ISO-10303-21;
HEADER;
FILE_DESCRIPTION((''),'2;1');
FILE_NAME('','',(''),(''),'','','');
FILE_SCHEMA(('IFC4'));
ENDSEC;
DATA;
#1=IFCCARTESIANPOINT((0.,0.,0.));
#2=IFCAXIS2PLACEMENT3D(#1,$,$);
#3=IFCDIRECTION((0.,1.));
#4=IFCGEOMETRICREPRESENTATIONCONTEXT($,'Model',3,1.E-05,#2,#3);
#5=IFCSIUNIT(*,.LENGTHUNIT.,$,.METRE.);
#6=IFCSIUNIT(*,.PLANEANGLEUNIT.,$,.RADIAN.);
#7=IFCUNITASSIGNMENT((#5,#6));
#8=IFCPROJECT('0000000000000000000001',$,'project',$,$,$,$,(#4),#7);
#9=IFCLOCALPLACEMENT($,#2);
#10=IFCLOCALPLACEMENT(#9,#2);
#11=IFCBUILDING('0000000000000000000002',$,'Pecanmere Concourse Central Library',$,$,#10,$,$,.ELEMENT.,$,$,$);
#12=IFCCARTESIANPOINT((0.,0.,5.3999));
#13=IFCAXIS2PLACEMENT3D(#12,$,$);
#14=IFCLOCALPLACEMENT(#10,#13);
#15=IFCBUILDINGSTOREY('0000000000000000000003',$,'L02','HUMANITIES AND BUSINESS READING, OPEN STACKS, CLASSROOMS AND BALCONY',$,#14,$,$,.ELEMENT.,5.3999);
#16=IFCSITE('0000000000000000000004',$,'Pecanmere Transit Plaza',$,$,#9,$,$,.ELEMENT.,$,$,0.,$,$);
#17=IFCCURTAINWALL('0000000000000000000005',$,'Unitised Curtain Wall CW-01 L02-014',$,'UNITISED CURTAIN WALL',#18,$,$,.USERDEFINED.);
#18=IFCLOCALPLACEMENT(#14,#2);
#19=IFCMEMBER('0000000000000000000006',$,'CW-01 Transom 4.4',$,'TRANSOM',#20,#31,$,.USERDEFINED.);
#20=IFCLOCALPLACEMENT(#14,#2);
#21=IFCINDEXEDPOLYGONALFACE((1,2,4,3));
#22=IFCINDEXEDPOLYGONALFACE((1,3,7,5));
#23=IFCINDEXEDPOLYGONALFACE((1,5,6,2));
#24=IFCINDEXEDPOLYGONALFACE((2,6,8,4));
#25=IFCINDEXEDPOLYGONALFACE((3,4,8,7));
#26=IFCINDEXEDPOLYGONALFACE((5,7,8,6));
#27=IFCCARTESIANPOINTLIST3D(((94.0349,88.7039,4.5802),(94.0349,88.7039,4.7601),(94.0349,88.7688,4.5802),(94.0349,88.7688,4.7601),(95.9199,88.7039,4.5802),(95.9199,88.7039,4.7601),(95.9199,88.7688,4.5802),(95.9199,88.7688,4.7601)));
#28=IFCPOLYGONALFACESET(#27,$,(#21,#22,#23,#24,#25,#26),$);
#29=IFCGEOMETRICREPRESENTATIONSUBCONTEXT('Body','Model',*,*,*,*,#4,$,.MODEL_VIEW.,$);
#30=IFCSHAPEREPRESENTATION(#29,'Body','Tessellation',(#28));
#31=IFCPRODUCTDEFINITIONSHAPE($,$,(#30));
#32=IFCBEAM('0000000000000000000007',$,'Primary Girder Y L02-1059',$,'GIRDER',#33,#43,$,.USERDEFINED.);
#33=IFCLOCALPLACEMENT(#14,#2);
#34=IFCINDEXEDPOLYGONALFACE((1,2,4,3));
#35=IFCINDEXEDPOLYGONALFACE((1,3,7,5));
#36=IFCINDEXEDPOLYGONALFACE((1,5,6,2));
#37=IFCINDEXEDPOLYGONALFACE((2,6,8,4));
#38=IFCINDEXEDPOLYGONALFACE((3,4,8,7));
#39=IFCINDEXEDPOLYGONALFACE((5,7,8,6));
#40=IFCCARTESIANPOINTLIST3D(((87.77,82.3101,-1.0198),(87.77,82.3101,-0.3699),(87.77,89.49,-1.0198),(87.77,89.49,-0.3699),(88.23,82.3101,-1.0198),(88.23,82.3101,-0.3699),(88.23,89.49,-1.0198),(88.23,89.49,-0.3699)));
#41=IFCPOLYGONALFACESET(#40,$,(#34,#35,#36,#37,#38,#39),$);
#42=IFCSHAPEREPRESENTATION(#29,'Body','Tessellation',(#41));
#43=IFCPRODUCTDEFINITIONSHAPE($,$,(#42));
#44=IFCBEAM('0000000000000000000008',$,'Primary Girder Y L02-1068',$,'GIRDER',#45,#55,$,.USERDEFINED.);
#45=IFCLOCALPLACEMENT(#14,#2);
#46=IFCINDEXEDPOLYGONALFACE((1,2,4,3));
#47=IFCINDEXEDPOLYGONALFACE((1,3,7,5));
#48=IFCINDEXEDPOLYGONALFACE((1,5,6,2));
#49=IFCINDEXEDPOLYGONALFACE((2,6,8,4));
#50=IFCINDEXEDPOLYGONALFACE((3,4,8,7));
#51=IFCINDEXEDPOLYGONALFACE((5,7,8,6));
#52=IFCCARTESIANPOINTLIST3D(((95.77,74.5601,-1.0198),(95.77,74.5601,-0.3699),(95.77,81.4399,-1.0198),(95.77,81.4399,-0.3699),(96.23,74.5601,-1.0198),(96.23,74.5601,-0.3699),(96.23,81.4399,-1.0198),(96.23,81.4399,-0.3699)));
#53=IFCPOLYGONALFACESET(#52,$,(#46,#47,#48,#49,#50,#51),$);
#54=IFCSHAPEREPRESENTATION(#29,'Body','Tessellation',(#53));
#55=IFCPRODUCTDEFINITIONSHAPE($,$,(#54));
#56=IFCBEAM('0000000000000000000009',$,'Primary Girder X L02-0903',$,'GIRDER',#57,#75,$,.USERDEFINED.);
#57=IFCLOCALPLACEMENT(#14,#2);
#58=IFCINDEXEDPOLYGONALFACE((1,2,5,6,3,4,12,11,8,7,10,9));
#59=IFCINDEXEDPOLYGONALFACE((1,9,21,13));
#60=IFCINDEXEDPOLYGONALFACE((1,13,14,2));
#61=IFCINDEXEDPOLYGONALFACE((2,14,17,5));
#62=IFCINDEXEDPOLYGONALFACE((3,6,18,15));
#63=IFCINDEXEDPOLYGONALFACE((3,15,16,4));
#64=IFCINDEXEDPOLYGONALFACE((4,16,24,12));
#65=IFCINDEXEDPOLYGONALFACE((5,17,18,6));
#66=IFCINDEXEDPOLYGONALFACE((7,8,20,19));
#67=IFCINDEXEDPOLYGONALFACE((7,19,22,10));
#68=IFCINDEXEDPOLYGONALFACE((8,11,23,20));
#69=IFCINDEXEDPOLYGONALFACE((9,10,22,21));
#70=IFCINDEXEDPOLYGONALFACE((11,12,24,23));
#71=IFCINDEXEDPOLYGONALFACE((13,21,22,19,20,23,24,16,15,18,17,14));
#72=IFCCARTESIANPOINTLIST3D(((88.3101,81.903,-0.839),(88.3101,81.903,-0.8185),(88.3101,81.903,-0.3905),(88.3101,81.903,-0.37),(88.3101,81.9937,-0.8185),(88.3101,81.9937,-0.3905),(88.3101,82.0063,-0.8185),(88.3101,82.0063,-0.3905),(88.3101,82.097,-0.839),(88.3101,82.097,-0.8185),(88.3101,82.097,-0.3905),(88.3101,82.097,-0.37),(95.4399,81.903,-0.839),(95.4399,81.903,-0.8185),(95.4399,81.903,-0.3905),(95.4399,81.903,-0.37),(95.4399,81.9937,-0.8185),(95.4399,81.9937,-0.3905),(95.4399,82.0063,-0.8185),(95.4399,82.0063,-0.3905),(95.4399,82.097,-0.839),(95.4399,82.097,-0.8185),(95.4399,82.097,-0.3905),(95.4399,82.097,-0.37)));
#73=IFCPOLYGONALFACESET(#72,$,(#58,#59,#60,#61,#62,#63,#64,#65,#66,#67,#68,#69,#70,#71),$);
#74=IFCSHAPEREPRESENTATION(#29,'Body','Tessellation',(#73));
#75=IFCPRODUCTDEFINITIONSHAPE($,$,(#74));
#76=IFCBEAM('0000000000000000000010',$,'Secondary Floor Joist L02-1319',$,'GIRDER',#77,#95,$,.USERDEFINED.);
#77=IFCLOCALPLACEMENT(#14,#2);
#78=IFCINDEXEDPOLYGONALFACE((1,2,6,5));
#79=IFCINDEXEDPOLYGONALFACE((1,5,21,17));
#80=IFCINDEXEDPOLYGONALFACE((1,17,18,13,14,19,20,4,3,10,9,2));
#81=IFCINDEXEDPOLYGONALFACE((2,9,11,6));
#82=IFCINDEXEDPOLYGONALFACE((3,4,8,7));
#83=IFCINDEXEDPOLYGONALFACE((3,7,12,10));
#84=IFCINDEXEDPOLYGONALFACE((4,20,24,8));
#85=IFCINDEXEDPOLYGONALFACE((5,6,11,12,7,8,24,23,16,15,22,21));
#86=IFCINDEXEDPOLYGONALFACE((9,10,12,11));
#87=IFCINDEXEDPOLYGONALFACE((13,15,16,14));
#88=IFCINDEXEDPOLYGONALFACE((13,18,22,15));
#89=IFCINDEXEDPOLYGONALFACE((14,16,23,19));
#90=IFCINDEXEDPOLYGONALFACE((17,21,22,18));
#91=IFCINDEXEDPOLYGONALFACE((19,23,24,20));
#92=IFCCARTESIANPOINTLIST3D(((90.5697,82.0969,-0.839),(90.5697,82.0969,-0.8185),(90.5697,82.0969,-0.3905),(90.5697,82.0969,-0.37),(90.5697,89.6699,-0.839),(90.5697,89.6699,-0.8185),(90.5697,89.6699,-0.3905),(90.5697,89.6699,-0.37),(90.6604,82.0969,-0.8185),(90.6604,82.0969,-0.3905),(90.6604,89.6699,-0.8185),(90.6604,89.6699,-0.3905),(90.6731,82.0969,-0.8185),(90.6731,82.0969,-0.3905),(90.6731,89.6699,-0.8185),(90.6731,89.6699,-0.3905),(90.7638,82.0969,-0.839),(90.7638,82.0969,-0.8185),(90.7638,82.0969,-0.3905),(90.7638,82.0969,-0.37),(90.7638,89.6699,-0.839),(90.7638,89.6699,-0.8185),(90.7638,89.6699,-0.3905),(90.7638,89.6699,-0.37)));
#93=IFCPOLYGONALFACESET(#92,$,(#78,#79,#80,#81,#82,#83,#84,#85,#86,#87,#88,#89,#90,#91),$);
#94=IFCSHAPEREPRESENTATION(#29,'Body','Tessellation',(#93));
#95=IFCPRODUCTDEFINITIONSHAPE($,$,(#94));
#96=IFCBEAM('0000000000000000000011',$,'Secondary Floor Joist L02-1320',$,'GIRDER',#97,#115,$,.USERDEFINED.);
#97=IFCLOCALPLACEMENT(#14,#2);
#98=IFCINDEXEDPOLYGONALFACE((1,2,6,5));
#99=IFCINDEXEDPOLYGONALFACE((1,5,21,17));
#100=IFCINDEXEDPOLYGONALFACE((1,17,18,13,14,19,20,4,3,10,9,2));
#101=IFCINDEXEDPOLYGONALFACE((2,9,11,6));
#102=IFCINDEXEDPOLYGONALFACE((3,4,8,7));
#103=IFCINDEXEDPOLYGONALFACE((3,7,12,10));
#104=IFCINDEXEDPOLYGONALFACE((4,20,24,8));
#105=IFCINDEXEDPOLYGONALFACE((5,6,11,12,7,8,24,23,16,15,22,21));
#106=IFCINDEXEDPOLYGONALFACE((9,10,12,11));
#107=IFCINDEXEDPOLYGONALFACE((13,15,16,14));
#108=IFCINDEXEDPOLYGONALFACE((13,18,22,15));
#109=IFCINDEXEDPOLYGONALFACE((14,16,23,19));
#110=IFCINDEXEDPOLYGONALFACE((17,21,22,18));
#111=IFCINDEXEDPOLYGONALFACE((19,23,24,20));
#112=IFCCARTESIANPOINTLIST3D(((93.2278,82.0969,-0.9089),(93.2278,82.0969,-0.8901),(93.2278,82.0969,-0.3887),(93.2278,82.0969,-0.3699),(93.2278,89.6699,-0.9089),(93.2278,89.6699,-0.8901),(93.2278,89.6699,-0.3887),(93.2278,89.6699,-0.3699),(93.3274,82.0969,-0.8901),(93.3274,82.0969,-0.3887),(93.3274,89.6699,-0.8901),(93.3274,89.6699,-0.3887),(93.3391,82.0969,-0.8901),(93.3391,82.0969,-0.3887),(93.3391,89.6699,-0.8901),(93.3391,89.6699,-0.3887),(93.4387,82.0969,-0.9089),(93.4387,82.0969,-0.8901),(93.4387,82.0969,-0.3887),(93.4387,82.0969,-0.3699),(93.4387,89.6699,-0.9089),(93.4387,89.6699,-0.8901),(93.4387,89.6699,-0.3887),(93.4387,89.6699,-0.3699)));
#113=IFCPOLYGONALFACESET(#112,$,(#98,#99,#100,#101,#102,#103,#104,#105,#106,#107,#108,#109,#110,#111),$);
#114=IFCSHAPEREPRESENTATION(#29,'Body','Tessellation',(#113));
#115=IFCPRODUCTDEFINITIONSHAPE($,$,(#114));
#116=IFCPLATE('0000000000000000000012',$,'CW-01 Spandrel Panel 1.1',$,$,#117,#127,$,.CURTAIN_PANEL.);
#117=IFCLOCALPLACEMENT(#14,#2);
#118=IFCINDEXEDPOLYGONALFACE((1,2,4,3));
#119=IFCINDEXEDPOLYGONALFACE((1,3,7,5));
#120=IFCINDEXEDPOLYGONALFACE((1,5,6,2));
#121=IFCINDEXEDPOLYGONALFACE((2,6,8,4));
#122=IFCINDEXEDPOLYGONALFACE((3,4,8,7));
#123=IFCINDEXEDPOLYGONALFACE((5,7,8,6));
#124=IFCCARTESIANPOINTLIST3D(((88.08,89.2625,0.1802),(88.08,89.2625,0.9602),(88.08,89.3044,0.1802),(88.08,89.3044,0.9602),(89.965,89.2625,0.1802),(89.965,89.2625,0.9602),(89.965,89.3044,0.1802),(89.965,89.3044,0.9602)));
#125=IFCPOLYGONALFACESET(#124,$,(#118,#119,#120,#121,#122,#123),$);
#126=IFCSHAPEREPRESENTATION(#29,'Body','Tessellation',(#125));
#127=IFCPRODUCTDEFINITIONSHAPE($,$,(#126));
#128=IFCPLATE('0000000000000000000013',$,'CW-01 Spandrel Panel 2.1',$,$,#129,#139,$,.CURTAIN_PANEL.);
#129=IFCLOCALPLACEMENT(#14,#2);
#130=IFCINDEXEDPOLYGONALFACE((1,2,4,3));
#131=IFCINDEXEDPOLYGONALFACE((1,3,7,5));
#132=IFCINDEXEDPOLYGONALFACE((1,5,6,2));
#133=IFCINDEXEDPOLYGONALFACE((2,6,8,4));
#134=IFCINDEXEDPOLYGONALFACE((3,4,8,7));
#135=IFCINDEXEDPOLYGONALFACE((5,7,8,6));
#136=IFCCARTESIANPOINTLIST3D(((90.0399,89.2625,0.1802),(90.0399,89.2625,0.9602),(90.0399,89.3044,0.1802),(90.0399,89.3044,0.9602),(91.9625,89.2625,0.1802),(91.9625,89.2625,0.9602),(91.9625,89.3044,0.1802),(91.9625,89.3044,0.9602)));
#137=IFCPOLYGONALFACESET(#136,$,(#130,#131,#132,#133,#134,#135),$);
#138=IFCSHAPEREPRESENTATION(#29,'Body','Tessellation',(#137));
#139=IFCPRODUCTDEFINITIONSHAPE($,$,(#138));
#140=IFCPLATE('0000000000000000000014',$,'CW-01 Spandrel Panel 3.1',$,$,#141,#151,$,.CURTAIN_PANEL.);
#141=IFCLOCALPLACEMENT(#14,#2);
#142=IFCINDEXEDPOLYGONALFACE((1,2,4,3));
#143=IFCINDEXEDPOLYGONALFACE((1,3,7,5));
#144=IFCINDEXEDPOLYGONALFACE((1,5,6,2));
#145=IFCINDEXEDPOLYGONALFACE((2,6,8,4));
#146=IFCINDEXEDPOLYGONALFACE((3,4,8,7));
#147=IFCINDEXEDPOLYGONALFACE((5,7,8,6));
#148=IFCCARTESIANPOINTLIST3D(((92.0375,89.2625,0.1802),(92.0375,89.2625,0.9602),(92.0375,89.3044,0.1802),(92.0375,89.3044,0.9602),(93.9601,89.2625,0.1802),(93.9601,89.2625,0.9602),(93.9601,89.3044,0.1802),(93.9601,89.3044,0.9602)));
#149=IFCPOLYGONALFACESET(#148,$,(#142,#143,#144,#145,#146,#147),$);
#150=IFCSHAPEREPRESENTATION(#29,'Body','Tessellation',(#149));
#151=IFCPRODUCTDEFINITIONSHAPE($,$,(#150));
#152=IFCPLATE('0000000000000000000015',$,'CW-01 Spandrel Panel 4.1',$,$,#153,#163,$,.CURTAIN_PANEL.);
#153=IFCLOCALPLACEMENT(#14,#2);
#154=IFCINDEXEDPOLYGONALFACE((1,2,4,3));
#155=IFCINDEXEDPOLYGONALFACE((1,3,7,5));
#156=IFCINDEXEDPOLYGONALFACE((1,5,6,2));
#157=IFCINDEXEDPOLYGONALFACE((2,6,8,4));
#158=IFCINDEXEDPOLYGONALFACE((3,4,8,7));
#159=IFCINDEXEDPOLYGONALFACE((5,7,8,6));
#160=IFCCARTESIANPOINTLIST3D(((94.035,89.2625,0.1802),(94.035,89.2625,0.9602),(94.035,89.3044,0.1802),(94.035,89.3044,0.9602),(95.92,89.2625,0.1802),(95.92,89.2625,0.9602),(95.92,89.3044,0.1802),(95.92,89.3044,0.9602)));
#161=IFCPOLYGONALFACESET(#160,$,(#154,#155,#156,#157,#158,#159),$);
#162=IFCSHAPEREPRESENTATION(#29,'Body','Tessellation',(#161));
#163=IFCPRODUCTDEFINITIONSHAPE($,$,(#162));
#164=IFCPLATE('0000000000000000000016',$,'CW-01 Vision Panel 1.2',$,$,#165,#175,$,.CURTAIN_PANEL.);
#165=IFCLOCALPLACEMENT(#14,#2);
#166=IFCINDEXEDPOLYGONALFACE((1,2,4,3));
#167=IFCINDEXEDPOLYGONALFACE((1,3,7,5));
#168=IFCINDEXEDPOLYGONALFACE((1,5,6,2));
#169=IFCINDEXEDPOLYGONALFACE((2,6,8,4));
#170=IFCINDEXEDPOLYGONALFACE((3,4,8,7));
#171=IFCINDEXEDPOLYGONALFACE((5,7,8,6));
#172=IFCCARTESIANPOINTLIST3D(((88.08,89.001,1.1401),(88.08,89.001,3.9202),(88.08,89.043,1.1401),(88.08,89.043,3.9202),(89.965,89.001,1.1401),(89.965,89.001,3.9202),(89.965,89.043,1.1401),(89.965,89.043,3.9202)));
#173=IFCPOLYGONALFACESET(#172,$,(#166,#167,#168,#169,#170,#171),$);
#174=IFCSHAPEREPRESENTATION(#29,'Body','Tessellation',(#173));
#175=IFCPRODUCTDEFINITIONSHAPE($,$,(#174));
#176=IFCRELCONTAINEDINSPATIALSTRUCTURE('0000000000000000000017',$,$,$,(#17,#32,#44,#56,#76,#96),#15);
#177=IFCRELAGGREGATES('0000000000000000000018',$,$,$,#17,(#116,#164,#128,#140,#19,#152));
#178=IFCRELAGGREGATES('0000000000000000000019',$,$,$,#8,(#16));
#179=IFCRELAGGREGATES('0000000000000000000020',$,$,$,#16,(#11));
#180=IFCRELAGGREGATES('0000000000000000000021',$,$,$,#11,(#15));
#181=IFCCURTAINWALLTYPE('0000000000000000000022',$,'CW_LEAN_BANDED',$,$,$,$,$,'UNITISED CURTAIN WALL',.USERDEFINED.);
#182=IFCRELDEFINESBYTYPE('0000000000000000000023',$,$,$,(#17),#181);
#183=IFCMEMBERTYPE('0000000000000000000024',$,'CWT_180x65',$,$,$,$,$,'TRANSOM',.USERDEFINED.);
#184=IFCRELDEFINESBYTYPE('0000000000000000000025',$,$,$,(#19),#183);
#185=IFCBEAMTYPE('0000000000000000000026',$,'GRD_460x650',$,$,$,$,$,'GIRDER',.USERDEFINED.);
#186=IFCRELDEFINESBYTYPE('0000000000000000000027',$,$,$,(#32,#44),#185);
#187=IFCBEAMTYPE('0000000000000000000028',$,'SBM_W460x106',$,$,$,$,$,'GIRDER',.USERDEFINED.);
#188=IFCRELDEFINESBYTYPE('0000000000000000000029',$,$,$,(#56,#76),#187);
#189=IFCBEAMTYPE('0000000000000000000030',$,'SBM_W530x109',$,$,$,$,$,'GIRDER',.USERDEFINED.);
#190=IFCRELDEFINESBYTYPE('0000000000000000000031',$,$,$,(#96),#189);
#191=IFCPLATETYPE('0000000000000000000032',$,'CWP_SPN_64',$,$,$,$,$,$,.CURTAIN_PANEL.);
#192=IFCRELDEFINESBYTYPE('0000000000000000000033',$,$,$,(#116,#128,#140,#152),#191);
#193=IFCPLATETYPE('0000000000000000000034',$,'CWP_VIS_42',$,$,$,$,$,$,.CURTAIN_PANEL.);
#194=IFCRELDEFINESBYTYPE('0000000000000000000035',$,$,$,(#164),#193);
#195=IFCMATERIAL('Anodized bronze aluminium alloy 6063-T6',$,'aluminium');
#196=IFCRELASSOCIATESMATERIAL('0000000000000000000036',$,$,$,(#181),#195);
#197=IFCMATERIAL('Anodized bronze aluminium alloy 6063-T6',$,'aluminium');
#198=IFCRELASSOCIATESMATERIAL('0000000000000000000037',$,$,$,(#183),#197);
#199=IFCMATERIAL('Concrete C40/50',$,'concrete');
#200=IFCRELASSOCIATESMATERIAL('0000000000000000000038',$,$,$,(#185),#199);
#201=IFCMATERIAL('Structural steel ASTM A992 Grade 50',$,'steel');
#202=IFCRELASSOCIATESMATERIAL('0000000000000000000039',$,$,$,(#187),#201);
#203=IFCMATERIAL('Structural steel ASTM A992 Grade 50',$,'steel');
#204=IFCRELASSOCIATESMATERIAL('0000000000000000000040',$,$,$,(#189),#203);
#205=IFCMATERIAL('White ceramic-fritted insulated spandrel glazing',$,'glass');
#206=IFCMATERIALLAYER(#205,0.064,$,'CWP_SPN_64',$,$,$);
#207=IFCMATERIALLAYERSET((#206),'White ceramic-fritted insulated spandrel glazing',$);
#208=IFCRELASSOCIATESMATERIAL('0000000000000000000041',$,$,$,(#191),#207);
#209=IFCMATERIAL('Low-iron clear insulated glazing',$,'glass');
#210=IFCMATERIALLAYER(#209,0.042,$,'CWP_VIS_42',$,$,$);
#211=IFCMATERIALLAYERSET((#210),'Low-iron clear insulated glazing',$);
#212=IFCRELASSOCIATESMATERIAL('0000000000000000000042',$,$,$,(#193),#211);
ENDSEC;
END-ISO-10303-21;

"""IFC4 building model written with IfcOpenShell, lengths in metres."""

from ifc_helpers import new_model, si_unit, direction, frame, origin, origin_2d, place, context, subcontext, project, spatial, rectangle, i_section, extrude, material, layer, layer_set, material_profile, profile_set, type_object, element, aggregate, save


model = new_model("IFC4")

# Units and contexts
model_context = context("Model", 3, precision=1e-05, world=origin(), true_north=direction((0.0, 1.0)))
body_context = subcontext(model_context, "Body", "Model", "MODEL_VIEW")
ifc_project = project(units=[si_unit("LENGTHUNIT", "METRE"), si_unit("PLANEANGLEUNIT", "RADIAN")], contexts=[model_context])

# Site, building, storey
site_placement = place(None, origin())
site = spatial("IfcSite", under=ifc_project, at=site_placement, Name="Pecanmere Transit Plaza", CompositionType="ELEMENT", RefElevation=0.0)
building_placement = place(site_placement, origin())
building = spatial("IfcBuilding", under=site, at=building_placement, Name="Pecanmere Concourse Central Library", CompositionType="ELEMENT")
storey_placement = place(building_placement, frame((0.0, 0.0, 5.3999)))
storey = spatial("IfcBuildingStorey", under=building, at=storey_placement, Name="L02", Description="HUMANITIES AND BUSINESS READING, OPEN STACKS, CLASSROOMS AND BALCONY", CompositionType="ELEMENT", Elevation=5.3999)

# Curtain wall, member
ifc_material_1 = material(Name="Anodized bronze aluminium alloy 6063-T6", Category="aluminium")
curtain_wall_type = type_object("IfcCurtainWallType", Name="CW_LEAN_BANDED", ElementType="UNITISED CURTAIN WALL", PredefinedType="USERDEFINED", material=ifc_material_1)
curtain_wall_placement = place(storey_placement, origin())
curtain_wall = element("IfcCurtainWall", 1, at=curtain_wall_placement, inside=storey, type_object=curtain_wall_type, Name="Unitised Curtain Wall CW-01 L02-014", ObjectType="UNITISED CURTAIN WALL", PredefinedType="USERDEFINED")
ifc_material_2 = material(Name="Anodized bronze aluminium alloy 6063-T6", Category="aluminium")
ifc_material_profile_1 = material_profile(ifc_material_2, rectangle(XDim=0.0649, YDim=0.1799, at=origin_2d()), Name="AL 65x180")
ifc_profile_set_1 = profile_set([ifc_material_profile_1], Name="Anodized bronze aluminium alloy 6063-T6")
member_type = type_object("IfcMemberType", Name="CWT_180x65", ElementType="TRANSOM", PredefinedType="USERDEFINED", material=ifc_profile_set_1)
member_1_placement = place(storey_placement, frame((94.0349, 88.7363, 4.6702), z_axis=(1.0, 0.0, 0.0), x_axis=(0.0, 1.0, 0.0)))
member_1 = element("IfcMember", 2, at=member_1_placement, type_object=member_type, Name="CW-01 Transom 4.4", ObjectType="TRANSOM", PredefinedType="USERDEFINED", context=body_context, shape_type="SweptSolid", body=[
    extrude(rectangle(XDim=0.0649, YDim=0.1799, at=origin_2d()), origin(), (0.0, 0.0, 1.0), 1.885),
])

# Beams
ifc_material_3 = material(Name="Concrete C40/50", Category="concrete")
ifc_material_profile_2 = material_profile(ifc_material_3, rectangle(XDim=0.46, YDim=0.6499, at=origin_2d()), Name="RC 460x650")
ifc_profile_set_2 = profile_set([ifc_material_profile_2], Name="Concrete C40/50")
beam_type_1 = type_object("IfcBeamType", Name="GRD_460x650", ElementType="GIRDER", PredefinedType="USERDEFINED", material=ifc_profile_set_2)
beam_1_placement = place(storey_placement, frame((88.0, 82.3101, -0.6948), z_axis=(0.0, 1.0, 0.0), x_axis=(-1.0, 0.0, 0.0)))
element("IfcBeam", 3, at=beam_1_placement, inside=storey, type_object=beam_type_1, Name="Primary Girder Y L02-1059", ObjectType="GIRDER", PredefinedType="USERDEFINED", context=body_context, shape_type="SweptSolid", body=[
    extrude(rectangle(XDim=0.46, YDim=0.6499, at=origin_2d()), origin(), (0.0, 0.0, 1.0), 7.1799),
])
beam_2_placement = place(storey_placement, frame((96.0, 74.5601, -0.6948), z_axis=(0.0, 1.0, 0.0), x_axis=(-1.0, 0.0, 0.0)))
element("IfcBeam", 4, at=beam_2_placement, inside=storey, type_object=beam_type_1, Name="Primary Girder Y L02-1068", ObjectType="GIRDER", PredefinedType="USERDEFINED", context=body_context, shape_type="SweptSolid", body=[
    extrude(rectangle(XDim=0.46, YDim=0.6499, at=origin_2d()), origin(), (0.0, 0.0, 1.0), 6.8799),
])
ifc_material_4 = material(Name="Structural steel ASTM A992 Grade 50", Category="steel")
ifc_material_profile_3 = material_profile(ifc_material_4, i_section(OverallWidth=0.1941, OverallDepth=0.469, WebThickness=0.0127, FlangeThickness=0.0205, at=origin_2d()), Name="W460x106")
ifc_profile_set_3 = profile_set([ifc_material_profile_3], Name="Structural steel ASTM A992 Grade 50")
beam_type_2 = type_object("IfcBeamType", Name="SBM_W460x106", ElementType="GIRDER", PredefinedType="USERDEFINED", material=ifc_profile_set_3)
beam_3_placement = place(storey_placement, frame((88.3101, 82.0, -0.6045), z_axis=(1.0, 0.0, 0.0), x_axis=(0.0, 1.0, 0.0)))
element("IfcBeam", 5, at=beam_3_placement, inside=storey, type_object=beam_type_2, Name="Primary Girder X L02-0903", ObjectType="GIRDER", PredefinedType="USERDEFINED", context=body_context, shape_type="SweptSolid", body=[
    extrude(i_section(OverallWidth=0.1941, OverallDepth=0.469, WebThickness=0.0127, FlangeThickness=0.0205, at=origin_2d()), origin(), (0.0, 0.0, 1.0), 7.1299),
])
beam_4_placement = place(storey_placement, frame((90.6667, 82.0969, -0.6045), z_axis=(0.0, 1.0, 0.0), x_axis=(-1.0, 0.0, 0.0)))
element("IfcBeam", 6, at=beam_4_placement, inside=storey, type_object=beam_type_2, Name="Secondary Floor Joist L02-1319", ObjectType="GIRDER", PredefinedType="USERDEFINED", context=body_context, shape_type="SweptSolid", body=[
    extrude(i_section(OverallWidth=0.1941, OverallDepth=0.469, WebThickness=0.0127, FlangeThickness=0.0205, at=origin_2d()), origin(), (0.0, 0.0, 1.0), 7.573),
])
ifc_material_5 = material(Name="Structural steel ASTM A992 Grade 50", Category="steel")
ifc_material_profile_4 = material_profile(ifc_material_5, i_section(OverallWidth=0.2109, OverallDepth=0.5391, WebThickness=0.0117, FlangeThickness=0.0188, at=origin_2d()), Name="W530x109")
ifc_profile_set_4 = profile_set([ifc_material_profile_4], Name="Structural steel ASTM A992 Grade 50")
beam_type_3 = type_object("IfcBeamType", Name="SBM_W530x109", ElementType="GIRDER", PredefinedType="USERDEFINED", material=ifc_profile_set_4)
beam_5_placement = place(storey_placement, frame((93.3333, 82.0969, -0.6394), z_axis=(0.0, 1.0, 0.0), x_axis=(-1.0, 0.0, 0.0)))
element("IfcBeam", 7, at=beam_5_placement, inside=storey, type_object=beam_type_3, Name="Secondary Floor Joist L02-1320", ObjectType="GIRDER", PredefinedType="USERDEFINED", context=body_context, shape_type="SweptSolid", body=[
    extrude(i_section(OverallWidth=0.2109, OverallDepth=0.5391, WebThickness=0.0117, FlangeThickness=0.0188, at=origin_2d()), origin(), (0.0, 0.0, 1.0), 7.573),
])

# Plates
ifc_material_6 = material(Name="White ceramic-fritted insulated spandrel glazing", Category="glass")
ifc_layer_1 = layer(ifc_material_6, 0.064, Name="CWP_SPN_64")
ifc_layer_set_1 = layer_set([ifc_layer_1], Name="White ceramic-fritted insulated spandrel glazing")
plate_type_1 = type_object("IfcPlateType", Name="CWP_SPN_64", PredefinedType="CURTAIN_PANEL", material=ifc_layer_set_1)
plate_1_placement = place(storey_placement, frame((89.0225, 89.2834, 0.1802), z_axis=(0.0, 0.0, 1.0), x_axis=(1.0, 0.0, 0.0)))
plate_1 = element("IfcPlate", 8, at=plate_1_placement, type_object=plate_type_1, Name="CW-01 Spandrel Panel 1.1", PredefinedType="CURTAIN_PANEL", context=body_context, shape_type="SweptSolid", body=[
    extrude(rectangle(XDim=1.885, YDim=0.042, at=origin_2d()), origin(), (0.0, 0.0, 1.0), 0.78),
])
plate_2_placement = place(storey_placement, frame((91.0012, 89.2834, 0.1802), z_axis=(0.0, 0.0, 1.0), x_axis=(1.0, 0.0, 0.0)))
plate_2 = element("IfcPlate", 9, at=plate_2_placement, type_object=plate_type_1, Name="CW-01 Spandrel Panel 2.1", PredefinedType="CURTAIN_PANEL", context=body_context, shape_type="SweptSolid", body=[
    extrude(rectangle(XDim=1.9226, YDim=0.042, at=origin_2d()), origin(), (0.0, 0.0, 1.0), 0.78),
])
plate_3_placement = place(storey_placement, frame((92.9988, 89.2834, 0.1802), z_axis=(0.0, 0.0, 1.0), x_axis=(1.0, 0.0, 0.0)))
plate_3 = element("IfcPlate", 10, at=plate_3_placement, type_object=plate_type_1, Name="CW-01 Spandrel Panel 3.1", PredefinedType="CURTAIN_PANEL", context=body_context, shape_type="SweptSolid", body=[
    extrude(rectangle(XDim=1.9226, YDim=0.042, at=origin_2d()), origin(), (0.0, 0.0, 1.0), 0.78),
])
plate_4_placement = place(storey_placement, frame((94.9775, 89.2834, 0.1802), z_axis=(0.0, 0.0, 1.0), x_axis=(1.0, 0.0, 0.0)))
plate_4 = element("IfcPlate", 11, at=plate_4_placement, type_object=plate_type_1, Name="CW-01 Spandrel Panel 4.1", PredefinedType="CURTAIN_PANEL", context=body_context, shape_type="SweptSolid", body=[
    extrude(rectangle(XDim=1.885, YDim=0.042, at=origin_2d()), origin(), (0.0, 0.0, 1.0), 0.78),
])
ifc_material_7 = material(Name="Low-iron clear insulated glazing", Category="glass")
ifc_layer_2 = layer(ifc_material_7, 0.042, Name="CWP_VIS_42")
ifc_layer_set_2 = layer_set([ifc_layer_2], Name="Low-iron clear insulated glazing")
plate_type_2 = type_object("IfcPlateType", Name="CWP_VIS_42", PredefinedType="CURTAIN_PANEL", material=ifc_layer_set_2)
plate_5_placement = place(storey_placement, frame((89.0225, 89.022, 1.1401), z_axis=(0.0, 0.0, 1.0), x_axis=(1.0, 0.0, 0.0)))
plate_5 = element("IfcPlate", 12, at=plate_5_placement, type_object=plate_type_2, Name="CW-01 Vision Panel 1.2", PredefinedType="CURTAIN_PANEL", context=body_context, shape_type="SweptSolid", body=[
    extrude(rectangle(XDim=1.885, YDim=0.042, at=origin_2d()), origin(), (0.0, 0.0, 1.0), 2.78),
])
aggregate(curtain_wall, [plate_1, plate_5, plate_2, plate_3, member_1, plate_4])

save(model, "model.ifc")
